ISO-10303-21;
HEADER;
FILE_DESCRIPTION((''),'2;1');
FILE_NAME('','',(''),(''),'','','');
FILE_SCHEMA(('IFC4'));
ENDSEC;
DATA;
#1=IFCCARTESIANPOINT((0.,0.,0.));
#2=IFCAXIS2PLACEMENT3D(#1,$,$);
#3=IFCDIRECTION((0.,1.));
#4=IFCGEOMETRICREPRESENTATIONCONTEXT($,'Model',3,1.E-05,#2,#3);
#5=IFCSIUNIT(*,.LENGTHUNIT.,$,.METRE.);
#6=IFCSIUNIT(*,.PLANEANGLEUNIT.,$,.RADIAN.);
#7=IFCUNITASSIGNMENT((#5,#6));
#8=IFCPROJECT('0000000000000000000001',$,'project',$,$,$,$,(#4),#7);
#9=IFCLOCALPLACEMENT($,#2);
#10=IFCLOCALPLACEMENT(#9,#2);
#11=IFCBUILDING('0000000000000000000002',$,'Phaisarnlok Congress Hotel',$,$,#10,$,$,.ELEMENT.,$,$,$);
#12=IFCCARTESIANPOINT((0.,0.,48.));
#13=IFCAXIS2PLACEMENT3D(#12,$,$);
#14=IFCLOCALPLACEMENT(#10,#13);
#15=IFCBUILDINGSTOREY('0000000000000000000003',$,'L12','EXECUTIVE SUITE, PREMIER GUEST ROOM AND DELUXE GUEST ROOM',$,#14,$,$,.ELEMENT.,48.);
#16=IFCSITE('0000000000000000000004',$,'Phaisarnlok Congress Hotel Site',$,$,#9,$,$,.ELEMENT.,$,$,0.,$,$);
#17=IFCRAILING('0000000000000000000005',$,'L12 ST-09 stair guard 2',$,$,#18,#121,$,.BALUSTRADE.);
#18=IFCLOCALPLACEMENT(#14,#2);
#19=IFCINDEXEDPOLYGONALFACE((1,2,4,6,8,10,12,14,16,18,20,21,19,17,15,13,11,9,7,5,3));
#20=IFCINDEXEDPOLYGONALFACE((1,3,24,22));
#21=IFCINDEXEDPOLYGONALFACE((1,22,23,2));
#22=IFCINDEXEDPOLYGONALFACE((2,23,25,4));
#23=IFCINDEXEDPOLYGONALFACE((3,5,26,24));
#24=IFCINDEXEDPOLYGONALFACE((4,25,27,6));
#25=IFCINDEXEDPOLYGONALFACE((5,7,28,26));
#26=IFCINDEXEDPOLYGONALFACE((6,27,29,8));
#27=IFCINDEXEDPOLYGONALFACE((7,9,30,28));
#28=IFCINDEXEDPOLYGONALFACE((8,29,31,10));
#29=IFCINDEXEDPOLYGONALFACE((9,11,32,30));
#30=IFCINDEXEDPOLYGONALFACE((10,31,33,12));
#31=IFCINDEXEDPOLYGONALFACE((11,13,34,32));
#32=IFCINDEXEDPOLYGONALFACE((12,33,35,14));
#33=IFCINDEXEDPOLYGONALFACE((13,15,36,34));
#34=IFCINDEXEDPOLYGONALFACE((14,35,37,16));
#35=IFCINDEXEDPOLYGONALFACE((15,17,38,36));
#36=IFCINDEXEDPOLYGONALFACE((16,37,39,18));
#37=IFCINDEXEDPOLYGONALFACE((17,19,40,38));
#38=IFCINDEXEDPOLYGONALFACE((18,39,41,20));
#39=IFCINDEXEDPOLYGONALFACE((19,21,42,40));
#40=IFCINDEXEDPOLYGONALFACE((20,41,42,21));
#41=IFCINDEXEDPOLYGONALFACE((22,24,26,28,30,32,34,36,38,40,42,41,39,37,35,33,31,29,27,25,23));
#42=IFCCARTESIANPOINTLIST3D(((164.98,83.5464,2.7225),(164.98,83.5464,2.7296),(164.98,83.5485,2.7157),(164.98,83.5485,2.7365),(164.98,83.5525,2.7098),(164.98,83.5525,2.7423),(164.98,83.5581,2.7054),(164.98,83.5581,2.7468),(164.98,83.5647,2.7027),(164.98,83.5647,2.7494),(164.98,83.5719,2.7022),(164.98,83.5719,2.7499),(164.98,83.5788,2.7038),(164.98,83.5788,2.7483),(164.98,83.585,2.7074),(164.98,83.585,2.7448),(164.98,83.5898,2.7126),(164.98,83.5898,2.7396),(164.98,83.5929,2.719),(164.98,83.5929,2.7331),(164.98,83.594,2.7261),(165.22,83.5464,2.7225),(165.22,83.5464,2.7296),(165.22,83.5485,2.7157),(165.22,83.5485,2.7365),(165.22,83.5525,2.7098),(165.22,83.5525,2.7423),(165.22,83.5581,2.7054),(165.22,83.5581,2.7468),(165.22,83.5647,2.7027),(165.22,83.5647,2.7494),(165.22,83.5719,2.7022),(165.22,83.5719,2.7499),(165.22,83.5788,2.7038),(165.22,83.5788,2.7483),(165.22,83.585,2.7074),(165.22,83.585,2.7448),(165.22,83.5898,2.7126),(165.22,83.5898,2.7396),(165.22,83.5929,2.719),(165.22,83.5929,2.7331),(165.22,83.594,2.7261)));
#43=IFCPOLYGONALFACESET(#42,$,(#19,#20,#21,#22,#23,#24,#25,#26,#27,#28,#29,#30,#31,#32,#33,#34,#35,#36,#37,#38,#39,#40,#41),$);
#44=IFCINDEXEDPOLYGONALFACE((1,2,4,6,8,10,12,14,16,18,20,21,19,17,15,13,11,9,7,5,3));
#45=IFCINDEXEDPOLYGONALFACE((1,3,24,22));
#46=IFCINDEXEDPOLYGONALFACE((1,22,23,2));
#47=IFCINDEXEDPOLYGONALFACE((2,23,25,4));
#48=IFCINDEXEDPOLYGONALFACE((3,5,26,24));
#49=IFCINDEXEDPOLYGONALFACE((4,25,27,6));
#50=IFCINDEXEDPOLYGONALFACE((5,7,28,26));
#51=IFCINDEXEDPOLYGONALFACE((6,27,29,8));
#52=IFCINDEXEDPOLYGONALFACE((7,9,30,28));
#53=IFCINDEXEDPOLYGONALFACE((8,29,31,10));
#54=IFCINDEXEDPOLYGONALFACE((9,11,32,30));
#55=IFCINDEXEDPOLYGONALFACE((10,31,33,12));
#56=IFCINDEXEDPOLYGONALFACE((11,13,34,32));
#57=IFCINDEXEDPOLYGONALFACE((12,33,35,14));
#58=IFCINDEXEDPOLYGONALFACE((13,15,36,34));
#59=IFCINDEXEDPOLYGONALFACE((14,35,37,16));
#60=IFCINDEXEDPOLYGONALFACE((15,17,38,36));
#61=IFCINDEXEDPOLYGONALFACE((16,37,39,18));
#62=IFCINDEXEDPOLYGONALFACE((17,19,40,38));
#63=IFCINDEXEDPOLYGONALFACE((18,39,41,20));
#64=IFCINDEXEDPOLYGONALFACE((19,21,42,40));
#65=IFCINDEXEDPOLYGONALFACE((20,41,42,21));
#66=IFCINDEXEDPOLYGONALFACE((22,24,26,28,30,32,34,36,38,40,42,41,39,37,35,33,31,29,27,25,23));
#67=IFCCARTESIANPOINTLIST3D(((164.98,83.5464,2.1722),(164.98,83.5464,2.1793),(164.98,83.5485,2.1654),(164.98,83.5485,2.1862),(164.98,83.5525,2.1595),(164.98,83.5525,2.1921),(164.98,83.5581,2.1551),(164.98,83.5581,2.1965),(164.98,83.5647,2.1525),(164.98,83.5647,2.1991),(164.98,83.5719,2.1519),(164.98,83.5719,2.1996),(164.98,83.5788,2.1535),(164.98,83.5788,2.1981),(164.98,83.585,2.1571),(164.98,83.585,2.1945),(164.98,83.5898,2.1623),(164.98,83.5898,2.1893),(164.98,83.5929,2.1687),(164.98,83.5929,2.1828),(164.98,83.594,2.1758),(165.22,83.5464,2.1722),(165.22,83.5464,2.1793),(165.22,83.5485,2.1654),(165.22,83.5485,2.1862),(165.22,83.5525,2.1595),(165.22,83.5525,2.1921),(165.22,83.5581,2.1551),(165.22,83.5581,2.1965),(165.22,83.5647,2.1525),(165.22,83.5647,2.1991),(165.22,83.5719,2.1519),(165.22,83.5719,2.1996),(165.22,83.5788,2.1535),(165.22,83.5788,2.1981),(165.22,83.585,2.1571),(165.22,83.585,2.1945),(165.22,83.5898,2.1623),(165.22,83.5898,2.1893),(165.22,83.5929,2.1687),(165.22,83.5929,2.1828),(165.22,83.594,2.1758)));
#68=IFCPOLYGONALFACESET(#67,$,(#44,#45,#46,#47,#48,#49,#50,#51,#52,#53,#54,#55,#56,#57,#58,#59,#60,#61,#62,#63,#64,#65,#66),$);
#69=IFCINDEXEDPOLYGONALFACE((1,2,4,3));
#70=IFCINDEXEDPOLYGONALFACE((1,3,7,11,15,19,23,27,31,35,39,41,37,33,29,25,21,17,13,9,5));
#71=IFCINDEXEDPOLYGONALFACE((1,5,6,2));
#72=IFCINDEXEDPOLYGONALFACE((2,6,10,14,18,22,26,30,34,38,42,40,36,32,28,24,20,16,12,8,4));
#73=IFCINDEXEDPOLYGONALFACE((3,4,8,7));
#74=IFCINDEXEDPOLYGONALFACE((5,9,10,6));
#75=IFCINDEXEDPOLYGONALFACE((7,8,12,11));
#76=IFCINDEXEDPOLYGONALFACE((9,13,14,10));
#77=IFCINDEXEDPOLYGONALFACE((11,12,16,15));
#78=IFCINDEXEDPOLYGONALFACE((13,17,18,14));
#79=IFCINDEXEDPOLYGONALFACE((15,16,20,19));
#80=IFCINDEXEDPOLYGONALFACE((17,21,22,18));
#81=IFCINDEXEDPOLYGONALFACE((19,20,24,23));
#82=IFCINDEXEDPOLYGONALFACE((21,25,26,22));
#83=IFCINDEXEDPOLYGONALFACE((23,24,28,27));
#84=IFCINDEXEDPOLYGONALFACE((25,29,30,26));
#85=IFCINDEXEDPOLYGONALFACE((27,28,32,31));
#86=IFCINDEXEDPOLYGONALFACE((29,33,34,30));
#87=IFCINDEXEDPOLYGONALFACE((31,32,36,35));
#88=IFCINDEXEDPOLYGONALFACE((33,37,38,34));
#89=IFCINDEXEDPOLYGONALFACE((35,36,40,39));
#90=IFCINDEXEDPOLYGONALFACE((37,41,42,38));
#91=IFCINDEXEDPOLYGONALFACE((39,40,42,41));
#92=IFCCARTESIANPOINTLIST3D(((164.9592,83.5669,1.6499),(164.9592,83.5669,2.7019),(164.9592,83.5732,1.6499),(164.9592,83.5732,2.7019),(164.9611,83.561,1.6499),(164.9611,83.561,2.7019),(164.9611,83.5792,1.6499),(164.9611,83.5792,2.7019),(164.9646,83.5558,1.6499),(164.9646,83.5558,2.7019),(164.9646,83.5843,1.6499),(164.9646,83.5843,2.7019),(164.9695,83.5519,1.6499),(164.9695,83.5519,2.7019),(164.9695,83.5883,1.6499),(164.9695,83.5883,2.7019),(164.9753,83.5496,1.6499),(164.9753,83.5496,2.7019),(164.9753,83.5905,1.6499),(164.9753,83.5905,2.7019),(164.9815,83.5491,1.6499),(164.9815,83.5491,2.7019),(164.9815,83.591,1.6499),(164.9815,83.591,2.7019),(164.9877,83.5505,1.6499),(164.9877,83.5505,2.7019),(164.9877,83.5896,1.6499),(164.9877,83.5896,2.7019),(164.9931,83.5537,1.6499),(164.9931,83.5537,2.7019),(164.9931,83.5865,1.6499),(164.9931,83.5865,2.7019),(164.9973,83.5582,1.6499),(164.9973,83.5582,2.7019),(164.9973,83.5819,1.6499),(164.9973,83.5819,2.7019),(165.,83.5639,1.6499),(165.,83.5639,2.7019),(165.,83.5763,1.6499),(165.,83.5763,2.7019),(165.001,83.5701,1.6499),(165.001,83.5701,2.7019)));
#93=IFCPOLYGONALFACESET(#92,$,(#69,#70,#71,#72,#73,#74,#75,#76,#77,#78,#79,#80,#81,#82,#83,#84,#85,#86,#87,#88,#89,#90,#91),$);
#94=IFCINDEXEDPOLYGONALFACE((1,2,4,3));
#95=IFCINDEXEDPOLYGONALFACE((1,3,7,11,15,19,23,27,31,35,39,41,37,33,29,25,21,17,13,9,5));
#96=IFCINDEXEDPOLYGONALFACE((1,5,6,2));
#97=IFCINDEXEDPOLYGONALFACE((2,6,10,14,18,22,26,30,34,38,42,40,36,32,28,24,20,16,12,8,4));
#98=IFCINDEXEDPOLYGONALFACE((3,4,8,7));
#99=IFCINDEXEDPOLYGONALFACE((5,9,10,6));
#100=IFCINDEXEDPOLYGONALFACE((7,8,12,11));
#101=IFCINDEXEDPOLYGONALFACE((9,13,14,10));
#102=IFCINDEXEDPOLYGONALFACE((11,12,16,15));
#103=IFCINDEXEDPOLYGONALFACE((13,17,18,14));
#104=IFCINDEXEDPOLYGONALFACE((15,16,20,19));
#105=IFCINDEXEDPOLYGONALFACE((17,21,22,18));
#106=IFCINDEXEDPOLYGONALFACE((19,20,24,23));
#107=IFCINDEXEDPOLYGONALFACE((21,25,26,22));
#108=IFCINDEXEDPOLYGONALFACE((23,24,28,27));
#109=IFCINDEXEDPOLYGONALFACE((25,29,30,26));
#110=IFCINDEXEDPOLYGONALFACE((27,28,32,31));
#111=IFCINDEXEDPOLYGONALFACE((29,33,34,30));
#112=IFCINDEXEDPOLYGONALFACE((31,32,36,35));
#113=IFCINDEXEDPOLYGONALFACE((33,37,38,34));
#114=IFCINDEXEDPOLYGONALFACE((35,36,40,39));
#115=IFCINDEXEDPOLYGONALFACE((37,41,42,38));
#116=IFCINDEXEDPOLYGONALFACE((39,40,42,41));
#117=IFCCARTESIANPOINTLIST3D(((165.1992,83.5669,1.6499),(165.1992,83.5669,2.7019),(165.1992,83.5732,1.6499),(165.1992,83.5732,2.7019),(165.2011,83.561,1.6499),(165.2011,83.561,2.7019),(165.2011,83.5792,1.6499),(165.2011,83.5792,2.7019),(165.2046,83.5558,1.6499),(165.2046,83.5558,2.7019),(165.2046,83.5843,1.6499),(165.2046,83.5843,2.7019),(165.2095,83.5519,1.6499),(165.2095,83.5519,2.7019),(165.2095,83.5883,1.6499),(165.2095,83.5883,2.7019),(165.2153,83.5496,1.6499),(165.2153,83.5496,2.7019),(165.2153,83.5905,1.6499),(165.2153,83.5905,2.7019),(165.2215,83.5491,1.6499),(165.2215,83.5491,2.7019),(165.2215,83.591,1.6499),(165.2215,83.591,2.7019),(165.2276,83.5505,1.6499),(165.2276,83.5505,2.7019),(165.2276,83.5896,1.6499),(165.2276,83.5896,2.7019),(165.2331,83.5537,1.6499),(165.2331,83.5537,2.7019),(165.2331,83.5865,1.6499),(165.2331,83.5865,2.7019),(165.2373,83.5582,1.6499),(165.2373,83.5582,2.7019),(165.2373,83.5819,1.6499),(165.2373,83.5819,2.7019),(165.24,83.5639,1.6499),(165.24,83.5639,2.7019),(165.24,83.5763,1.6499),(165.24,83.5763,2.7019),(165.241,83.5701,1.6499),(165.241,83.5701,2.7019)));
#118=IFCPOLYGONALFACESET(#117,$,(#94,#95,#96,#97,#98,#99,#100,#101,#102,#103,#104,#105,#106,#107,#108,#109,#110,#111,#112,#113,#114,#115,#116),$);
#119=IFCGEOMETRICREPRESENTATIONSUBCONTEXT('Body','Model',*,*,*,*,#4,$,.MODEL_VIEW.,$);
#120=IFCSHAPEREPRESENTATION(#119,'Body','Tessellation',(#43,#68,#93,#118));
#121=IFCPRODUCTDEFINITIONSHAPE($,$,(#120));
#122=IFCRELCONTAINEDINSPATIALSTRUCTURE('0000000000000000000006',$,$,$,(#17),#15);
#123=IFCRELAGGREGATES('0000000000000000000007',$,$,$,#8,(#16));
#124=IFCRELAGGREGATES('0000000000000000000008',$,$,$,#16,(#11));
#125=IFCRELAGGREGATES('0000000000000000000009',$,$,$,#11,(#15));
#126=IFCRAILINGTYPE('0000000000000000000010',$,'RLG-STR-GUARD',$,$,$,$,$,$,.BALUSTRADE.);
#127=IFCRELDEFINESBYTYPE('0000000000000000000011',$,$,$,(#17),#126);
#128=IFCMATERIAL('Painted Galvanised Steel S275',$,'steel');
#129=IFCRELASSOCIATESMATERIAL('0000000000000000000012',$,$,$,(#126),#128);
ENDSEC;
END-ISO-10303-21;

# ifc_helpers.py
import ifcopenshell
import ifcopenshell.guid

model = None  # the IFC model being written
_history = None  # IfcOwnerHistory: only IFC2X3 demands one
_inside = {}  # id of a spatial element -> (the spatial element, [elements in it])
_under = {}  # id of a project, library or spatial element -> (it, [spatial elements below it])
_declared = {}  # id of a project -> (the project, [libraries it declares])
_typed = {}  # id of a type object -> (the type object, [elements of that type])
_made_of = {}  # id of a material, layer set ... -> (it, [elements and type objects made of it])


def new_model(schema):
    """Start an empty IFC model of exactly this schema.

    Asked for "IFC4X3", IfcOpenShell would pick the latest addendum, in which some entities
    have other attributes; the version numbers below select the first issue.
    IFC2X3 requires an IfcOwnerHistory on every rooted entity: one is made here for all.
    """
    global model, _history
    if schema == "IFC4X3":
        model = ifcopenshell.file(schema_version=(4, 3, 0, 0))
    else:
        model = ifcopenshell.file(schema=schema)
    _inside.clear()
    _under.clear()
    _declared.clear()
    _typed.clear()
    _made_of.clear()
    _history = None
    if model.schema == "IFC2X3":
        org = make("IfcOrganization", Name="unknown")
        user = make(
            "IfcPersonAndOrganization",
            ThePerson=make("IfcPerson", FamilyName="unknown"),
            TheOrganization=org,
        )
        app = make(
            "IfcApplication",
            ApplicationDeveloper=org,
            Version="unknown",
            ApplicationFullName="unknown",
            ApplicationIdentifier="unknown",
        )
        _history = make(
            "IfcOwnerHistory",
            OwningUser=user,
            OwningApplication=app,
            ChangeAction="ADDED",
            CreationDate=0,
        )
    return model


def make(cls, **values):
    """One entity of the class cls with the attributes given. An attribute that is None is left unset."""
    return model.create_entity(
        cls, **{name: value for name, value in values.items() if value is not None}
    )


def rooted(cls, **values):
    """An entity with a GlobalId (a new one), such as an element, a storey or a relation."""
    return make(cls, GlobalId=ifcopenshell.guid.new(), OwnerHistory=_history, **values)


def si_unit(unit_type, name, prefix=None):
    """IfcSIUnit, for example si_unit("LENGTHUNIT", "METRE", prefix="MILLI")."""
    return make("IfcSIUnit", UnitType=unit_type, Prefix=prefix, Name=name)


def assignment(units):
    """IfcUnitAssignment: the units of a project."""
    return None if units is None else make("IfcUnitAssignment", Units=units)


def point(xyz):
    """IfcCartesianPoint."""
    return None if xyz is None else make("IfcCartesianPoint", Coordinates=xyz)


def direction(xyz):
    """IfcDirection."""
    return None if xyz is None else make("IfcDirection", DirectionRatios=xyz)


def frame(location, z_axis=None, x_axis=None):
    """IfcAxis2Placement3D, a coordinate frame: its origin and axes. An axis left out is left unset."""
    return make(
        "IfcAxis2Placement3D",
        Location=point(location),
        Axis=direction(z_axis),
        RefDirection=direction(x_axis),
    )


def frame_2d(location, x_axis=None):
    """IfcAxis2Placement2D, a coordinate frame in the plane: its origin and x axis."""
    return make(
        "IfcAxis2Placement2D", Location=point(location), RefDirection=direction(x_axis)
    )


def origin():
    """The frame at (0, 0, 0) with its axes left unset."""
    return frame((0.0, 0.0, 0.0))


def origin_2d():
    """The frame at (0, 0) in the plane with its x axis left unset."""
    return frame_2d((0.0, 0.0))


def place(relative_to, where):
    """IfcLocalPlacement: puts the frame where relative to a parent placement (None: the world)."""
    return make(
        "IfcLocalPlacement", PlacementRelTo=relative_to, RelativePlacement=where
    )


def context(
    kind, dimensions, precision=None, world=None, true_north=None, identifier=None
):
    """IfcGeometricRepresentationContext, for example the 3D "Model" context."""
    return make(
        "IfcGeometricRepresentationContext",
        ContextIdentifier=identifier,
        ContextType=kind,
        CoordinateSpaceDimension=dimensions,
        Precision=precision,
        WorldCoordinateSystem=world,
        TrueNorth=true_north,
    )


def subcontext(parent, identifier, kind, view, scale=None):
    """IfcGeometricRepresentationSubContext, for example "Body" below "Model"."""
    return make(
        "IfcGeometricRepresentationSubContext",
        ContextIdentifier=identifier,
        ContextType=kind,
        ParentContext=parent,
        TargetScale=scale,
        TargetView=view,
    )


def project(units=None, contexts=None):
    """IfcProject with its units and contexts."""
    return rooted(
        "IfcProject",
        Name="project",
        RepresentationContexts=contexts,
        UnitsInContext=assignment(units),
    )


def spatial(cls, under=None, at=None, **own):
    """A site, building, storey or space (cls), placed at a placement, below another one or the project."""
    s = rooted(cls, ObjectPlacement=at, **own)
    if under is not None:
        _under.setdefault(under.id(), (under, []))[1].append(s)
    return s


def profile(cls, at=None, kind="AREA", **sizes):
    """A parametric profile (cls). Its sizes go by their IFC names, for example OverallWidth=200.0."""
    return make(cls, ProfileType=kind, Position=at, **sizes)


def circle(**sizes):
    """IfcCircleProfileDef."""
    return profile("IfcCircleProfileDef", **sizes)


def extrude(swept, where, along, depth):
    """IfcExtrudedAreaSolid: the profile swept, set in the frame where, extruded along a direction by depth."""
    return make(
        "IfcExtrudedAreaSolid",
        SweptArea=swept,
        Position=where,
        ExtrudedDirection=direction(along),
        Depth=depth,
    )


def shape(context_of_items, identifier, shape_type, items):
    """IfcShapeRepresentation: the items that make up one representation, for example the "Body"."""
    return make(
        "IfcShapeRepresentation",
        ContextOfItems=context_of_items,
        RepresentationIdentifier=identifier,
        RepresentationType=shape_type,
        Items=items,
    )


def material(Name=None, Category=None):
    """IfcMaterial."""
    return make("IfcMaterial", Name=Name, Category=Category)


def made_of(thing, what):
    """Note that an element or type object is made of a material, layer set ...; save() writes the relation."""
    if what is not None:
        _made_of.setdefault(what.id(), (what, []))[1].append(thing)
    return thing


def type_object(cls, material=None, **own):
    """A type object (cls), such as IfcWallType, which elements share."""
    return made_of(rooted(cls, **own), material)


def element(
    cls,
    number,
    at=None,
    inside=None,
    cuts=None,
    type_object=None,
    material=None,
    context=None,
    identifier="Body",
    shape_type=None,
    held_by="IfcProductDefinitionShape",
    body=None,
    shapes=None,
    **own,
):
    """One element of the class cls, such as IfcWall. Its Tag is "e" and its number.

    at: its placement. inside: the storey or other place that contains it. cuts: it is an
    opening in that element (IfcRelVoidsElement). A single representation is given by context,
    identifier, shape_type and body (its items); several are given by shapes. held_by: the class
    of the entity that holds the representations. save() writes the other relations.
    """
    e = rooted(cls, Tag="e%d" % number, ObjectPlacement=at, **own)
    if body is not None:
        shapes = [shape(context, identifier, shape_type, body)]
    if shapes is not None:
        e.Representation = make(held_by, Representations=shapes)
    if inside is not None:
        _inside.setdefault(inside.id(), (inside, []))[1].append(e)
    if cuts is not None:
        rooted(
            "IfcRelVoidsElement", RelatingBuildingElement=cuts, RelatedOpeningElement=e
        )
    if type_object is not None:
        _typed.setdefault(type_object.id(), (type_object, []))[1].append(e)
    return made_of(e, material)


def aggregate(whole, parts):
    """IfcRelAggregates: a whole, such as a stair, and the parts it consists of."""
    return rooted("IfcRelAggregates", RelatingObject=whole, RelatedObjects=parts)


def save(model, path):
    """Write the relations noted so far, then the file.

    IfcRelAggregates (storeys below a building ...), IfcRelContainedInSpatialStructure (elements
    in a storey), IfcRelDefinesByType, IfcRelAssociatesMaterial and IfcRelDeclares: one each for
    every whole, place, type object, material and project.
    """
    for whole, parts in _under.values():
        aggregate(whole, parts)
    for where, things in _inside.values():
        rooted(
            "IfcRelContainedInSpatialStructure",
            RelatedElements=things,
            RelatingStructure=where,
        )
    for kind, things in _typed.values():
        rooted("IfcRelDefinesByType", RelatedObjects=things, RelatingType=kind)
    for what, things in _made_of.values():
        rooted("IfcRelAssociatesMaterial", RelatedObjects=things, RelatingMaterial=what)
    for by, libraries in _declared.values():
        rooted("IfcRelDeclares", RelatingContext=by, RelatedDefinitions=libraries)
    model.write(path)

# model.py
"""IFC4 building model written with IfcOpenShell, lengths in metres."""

from ifc_helpers import new_model, si_unit, direction, frame, origin, origin_2d, place, context, subcontext, project, spatial, circle, extrude, material, type_object, element, save


model = new_model("IFC4")

# Units and contexts
model_context = context("Model", 3, precision=1e-05, world=origin(), true_north=direction((0.0, 1.0)))
body_context = subcontext(model_context, "Body", "Model", "MODEL_VIEW")
ifc_project = project(units=[si_unit("LENGTHUNIT", "METRE"), si_unit("PLANEANGLEUNIT", "RADIAN")], contexts=[model_context])

# Site, building, storey
site_placement = place(None, origin())
site = spatial("IfcSite", under=ifc_project, at=site_placement, Name="Phaisarnlok Congress Hotel Site", CompositionType="ELEMENT", RefElevation=0.0)
building_placement = place(site_placement, origin())
building = spatial("IfcBuilding", under=site, at=building_placement, Name="Phaisarnlok Congress Hotel", CompositionType="ELEMENT")
storey_placement = place(building_placement, frame((0.0, 0.0, 48.0)))
storey = spatial("IfcBuildingStorey", under=building, at=storey_placement, Name="L12", Description="EXECUTIVE SUITE, PREMIER GUEST ROOM AND DELUXE GUEST ROOM", CompositionType="ELEMENT", Elevation=48.0)

# Railing
ifc_material_1 = material(Name="Painted Galvanised Steel S275", Category="steel")
railing_type_1 = type_object("IfcRailingType", Name="RLG-STR-GUARD", PredefinedType="BALUSTRADE", material=ifc_material_1)
railing_1_placement = place(storey_placement, frame((164.98, 83.5701, 1.6499)))
element("IfcRailing", 1, at=railing_1_placement, inside=storey, type_object=railing_type_1, Name="L12 ST-09 stair guard 2", PredefinedType="BALUSTRADE", context=body_context, shape_type="SweptSolid", body=[
    extrude(circle(Radius=0.0239, at=origin_2d()), frame((0.0, 0.0, 1.0762), z_axis=(1.0, 0.0, 0.0), x_axis=(0.0, 1.0, 0.0)), (0.0, 0.0, 1.0), 0.24),
    extrude(circle(Radius=0.0239, at=origin_2d()), frame((0.0, 0.0, 0.5259), z_axis=(1.0, 0.0, 0.0), x_axis=(0.0, 1.0, 0.0)), (0.0, 0.0, 1.0), 0.24),
    extrude(circle(Radius=0.021, at=origin_2d()), origin(), (0.0, 0.0, 1.0), 1.052),
    extrude(circle(Radius=0.021, at=origin_2d()), frame((0.24, 0.0, 0.0)), (0.0, 0.0, 1.0), 1.052),
])

save(model, "model.ifc")
